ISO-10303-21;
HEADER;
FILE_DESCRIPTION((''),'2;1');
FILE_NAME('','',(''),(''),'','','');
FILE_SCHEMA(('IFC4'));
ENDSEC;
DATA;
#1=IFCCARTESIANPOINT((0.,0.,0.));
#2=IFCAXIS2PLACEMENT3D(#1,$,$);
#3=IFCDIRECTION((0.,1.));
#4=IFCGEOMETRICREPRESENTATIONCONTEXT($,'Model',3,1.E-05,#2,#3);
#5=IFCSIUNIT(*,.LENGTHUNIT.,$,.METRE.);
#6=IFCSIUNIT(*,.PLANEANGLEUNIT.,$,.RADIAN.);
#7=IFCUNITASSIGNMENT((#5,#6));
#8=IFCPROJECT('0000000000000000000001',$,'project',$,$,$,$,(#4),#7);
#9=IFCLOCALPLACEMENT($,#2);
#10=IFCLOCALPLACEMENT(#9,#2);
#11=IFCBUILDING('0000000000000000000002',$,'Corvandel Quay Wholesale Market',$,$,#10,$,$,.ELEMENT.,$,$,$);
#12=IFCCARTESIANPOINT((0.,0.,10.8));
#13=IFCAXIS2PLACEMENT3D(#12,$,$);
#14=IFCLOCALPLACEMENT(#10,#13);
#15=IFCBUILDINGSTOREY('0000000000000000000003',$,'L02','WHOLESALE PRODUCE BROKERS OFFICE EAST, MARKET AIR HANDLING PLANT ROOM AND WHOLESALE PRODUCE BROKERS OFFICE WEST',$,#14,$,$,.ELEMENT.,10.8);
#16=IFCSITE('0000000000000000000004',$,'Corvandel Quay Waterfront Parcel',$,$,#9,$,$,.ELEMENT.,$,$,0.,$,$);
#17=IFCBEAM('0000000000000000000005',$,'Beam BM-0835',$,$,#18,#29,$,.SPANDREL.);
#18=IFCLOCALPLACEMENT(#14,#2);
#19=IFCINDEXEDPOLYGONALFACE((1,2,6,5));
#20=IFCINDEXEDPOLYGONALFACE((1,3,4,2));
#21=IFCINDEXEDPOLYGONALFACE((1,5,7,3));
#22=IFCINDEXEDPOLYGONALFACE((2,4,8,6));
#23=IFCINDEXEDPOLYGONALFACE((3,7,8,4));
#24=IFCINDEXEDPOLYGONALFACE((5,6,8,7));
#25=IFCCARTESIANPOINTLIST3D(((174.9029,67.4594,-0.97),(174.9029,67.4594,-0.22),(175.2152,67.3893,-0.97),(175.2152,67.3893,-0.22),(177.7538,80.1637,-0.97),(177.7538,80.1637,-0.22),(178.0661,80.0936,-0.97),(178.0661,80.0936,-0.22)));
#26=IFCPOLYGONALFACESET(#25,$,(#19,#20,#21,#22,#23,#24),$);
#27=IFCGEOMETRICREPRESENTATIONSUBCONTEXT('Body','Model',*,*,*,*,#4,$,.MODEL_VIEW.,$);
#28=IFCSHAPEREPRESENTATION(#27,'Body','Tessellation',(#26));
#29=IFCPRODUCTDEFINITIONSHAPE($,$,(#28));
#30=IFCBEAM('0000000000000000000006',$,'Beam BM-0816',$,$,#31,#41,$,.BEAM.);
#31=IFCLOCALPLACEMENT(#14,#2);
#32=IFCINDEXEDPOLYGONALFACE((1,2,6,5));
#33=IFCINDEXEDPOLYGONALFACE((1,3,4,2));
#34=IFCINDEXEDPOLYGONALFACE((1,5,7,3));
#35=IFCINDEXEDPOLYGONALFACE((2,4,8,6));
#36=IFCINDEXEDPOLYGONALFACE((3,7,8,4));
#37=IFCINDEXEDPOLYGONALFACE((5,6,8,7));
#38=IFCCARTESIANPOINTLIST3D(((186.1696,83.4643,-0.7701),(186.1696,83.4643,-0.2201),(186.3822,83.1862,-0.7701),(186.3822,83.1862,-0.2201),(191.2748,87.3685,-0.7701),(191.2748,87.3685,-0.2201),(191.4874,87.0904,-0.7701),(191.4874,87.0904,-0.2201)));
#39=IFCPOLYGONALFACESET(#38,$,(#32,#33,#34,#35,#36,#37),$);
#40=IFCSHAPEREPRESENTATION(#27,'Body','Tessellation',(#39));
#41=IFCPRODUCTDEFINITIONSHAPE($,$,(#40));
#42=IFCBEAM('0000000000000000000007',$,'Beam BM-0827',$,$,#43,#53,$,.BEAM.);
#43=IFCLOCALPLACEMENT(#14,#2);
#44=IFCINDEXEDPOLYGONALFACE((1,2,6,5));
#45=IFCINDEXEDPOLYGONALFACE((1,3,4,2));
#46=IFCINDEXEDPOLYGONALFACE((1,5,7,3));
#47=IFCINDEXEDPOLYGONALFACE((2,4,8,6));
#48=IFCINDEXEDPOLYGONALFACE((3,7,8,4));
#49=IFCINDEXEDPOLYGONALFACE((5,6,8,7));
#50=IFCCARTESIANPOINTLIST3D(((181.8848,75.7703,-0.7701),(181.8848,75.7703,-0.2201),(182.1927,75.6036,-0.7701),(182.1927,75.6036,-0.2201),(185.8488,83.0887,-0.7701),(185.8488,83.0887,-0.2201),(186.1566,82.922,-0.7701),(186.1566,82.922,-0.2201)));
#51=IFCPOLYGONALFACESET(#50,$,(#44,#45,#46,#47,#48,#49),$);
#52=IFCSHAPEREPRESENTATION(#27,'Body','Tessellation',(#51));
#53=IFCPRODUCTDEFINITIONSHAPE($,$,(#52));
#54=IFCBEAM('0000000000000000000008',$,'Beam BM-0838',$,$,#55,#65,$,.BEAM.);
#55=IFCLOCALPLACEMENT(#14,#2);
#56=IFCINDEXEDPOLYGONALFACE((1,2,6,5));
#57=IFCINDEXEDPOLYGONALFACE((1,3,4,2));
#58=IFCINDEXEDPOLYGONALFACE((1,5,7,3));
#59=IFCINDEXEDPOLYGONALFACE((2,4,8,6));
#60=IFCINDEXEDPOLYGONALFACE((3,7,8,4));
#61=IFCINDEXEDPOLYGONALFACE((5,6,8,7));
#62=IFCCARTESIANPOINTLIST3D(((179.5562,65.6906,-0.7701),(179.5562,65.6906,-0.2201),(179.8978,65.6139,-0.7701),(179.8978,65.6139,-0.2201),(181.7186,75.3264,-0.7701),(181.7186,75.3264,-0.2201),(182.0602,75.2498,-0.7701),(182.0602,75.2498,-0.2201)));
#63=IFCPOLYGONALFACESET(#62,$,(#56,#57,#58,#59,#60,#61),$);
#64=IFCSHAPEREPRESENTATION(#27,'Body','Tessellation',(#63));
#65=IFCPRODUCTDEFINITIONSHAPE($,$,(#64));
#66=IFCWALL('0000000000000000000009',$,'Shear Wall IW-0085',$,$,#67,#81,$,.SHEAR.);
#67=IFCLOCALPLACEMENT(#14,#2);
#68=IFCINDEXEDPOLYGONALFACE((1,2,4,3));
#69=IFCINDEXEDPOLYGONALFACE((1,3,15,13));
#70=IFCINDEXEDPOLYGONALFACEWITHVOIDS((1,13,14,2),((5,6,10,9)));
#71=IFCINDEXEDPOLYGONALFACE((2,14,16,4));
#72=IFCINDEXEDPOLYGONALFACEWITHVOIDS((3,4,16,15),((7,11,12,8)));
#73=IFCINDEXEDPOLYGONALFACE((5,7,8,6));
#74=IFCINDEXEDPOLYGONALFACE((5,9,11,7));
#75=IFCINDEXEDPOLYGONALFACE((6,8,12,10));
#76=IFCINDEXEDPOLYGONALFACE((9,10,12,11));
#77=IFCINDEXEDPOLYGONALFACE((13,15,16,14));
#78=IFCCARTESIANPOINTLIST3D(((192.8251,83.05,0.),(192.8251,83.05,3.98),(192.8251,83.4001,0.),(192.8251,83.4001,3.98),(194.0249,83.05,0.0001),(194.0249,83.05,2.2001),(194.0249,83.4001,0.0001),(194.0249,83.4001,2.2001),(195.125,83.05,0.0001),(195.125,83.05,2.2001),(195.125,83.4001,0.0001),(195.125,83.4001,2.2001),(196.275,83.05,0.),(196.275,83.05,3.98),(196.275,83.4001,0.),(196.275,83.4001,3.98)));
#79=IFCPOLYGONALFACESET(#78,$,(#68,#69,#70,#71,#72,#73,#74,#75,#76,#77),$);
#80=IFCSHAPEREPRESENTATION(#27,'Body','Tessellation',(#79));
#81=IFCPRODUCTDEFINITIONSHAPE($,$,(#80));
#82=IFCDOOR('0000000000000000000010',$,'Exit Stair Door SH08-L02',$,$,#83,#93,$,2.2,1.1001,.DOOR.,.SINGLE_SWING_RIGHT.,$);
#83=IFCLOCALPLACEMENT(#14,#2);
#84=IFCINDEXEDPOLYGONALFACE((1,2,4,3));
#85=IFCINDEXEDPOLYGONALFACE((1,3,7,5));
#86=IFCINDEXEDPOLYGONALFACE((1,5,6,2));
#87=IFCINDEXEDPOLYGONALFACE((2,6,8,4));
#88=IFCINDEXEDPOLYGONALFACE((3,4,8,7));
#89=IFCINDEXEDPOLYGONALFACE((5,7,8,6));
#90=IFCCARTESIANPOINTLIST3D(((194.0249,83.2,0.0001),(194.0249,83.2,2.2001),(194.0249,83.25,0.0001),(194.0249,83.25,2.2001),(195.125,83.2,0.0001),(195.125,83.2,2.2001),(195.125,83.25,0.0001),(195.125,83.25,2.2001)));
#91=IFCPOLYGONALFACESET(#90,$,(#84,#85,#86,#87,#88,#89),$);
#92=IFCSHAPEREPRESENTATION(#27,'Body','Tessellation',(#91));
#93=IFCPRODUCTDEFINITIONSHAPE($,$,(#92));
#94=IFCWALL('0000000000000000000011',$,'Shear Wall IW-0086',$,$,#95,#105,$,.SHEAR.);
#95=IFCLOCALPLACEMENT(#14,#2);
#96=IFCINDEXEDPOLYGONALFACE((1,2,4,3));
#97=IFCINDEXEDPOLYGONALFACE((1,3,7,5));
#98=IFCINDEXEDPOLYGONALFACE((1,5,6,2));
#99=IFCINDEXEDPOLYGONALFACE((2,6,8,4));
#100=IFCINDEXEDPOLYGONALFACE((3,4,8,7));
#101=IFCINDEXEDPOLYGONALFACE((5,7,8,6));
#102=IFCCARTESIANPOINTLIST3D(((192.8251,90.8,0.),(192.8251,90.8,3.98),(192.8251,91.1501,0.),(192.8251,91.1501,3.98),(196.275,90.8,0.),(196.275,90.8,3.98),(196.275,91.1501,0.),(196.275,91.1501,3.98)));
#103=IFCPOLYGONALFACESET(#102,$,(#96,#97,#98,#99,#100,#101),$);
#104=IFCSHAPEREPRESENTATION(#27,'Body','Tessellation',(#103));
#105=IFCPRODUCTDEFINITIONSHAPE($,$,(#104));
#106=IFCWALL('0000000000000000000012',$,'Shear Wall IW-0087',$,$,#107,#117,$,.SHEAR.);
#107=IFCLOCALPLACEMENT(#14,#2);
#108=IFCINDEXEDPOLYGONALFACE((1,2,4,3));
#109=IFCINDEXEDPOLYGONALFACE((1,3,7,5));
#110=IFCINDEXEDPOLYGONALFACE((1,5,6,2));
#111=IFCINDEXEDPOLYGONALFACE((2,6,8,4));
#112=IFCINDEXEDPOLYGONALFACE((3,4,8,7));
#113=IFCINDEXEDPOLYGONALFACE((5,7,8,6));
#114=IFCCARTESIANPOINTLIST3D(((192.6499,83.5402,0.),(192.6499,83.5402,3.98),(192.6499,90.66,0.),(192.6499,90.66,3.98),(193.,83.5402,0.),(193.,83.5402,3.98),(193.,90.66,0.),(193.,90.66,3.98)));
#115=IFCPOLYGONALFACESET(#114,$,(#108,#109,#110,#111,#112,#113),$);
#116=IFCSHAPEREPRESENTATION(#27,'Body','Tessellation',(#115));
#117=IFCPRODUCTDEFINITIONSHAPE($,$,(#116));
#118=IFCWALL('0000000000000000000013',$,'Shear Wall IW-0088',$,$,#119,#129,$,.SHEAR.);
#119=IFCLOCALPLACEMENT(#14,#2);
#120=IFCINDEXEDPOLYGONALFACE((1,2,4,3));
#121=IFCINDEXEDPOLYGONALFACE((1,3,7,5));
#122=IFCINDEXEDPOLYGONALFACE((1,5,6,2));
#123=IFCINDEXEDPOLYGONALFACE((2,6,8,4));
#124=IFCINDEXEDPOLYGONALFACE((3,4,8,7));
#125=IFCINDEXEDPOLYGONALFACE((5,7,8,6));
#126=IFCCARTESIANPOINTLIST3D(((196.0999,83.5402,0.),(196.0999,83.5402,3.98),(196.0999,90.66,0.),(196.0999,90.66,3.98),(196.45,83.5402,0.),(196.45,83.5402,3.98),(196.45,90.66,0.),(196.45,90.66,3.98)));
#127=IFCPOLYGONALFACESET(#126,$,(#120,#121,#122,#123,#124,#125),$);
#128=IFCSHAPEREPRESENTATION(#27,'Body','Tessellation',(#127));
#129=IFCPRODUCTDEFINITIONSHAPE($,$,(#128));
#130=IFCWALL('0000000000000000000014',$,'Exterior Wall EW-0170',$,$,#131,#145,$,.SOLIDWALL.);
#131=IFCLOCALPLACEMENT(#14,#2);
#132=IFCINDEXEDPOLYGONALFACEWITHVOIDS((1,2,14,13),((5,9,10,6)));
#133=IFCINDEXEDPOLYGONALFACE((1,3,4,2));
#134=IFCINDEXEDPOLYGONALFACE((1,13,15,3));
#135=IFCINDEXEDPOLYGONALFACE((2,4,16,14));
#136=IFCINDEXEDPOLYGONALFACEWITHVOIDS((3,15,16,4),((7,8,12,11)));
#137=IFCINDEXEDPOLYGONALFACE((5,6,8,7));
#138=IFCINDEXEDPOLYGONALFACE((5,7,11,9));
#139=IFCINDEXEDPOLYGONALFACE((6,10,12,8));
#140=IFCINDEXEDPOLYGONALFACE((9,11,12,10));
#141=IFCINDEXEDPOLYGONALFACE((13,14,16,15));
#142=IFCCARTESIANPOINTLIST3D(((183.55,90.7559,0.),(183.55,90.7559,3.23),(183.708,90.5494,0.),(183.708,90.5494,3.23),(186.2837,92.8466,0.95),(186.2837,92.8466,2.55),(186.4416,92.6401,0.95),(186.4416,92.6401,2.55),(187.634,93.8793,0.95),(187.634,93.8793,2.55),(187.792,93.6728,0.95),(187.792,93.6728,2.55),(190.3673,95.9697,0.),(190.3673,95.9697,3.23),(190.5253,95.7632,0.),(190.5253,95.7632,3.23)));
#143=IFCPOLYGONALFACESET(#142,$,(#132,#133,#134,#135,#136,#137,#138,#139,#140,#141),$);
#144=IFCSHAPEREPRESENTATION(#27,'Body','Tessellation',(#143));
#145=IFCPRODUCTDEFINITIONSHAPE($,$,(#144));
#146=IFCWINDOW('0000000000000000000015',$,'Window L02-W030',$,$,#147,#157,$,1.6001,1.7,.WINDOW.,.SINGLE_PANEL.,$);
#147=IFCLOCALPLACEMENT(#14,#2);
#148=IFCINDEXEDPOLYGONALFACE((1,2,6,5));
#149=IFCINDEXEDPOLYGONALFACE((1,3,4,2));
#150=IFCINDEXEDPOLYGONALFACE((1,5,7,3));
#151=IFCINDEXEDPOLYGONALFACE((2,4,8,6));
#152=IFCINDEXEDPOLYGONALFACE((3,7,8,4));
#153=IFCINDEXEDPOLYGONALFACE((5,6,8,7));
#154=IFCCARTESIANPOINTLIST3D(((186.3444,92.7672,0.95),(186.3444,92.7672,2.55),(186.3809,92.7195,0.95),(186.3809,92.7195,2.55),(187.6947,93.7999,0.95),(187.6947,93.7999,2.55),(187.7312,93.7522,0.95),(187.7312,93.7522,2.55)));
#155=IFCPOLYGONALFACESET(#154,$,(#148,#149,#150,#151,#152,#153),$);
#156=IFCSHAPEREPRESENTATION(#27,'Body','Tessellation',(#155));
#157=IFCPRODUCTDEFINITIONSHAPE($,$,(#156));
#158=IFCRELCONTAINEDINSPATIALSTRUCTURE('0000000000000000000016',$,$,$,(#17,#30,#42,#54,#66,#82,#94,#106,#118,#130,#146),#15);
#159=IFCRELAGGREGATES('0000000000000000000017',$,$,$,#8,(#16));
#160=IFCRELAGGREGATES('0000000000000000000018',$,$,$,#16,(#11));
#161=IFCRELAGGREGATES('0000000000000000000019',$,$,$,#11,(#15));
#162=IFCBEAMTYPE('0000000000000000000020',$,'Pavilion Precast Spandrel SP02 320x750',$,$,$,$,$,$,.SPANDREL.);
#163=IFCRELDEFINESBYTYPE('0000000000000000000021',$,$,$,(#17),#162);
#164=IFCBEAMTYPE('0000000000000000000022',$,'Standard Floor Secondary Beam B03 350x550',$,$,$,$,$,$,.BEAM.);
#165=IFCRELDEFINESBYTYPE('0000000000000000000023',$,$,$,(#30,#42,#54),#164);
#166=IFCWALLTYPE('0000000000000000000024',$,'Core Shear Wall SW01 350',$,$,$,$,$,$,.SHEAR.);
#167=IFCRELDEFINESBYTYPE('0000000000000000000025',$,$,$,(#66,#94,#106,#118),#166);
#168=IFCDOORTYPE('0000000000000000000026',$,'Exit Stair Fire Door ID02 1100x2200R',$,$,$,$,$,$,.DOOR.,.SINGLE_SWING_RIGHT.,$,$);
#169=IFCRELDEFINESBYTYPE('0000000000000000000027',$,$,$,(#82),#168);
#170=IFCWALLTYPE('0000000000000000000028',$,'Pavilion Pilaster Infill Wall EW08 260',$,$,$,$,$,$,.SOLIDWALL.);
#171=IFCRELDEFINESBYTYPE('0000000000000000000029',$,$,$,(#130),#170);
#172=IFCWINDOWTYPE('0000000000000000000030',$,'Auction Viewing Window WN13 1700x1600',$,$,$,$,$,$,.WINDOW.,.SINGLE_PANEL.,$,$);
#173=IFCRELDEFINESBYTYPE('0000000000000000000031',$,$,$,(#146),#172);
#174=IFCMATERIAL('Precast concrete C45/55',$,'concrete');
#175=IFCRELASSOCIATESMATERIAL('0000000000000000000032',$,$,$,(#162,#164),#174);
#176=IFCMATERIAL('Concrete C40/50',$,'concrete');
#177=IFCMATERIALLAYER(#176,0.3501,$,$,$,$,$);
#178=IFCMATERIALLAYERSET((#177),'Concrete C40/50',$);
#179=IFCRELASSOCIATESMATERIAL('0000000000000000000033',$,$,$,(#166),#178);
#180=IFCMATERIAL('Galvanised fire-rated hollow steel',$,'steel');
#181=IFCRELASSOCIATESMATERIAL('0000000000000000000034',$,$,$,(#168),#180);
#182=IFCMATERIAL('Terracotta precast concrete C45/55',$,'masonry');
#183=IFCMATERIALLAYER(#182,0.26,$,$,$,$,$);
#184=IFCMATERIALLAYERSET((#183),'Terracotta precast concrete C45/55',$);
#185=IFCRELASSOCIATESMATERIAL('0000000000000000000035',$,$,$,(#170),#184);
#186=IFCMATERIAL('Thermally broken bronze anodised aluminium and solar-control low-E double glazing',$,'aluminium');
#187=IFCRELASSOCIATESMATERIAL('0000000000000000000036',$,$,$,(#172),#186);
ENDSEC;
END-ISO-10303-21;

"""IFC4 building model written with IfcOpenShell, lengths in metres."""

from ifc_helpers import new_model, si_unit, direction, frame, frame_2d, origin, origin_2d, place, context, subcontext, project, spatial, rectangle, extrude, material, layer, layer_set, material_profile, profile_set, type_object, element, fill, save


model = new_model("IFC4")

# Units and contexts
model_context = context("Model", 3, precision=1e-05, world=origin(), true_north=direction((0.0, 1.0)))
body_context = subcontext(model_context, "Body", "Model", "MODEL_VIEW")
ifc_project = project(units=[si_unit("LENGTHUNIT", "METRE"), si_unit("PLANEANGLEUNIT", "RADIAN")], contexts=[model_context])

# Site, building, storey
site_placement = place(None, origin())
site = spatial("IfcSite", under=ifc_project, at=site_placement, Name="Corvandel Quay Waterfront Parcel", CompositionType="ELEMENT", RefElevation=0.0)
building_placement = place(site_placement, origin())
building = spatial("IfcBuilding", under=site, at=building_placement, Name="Corvandel Quay Wholesale Market", CompositionType="ELEMENT")
storey_placement = place(building_placement, frame((0.0, 0.0, 10.8)))
storey = spatial("IfcBuildingStorey", under=building, at=storey_placement, Name="L02", Description="WHOLESALE PRODUCE BROKERS OFFICE EAST, MARKET AIR HANDLING PLANT ROOM AND WHOLESALE PRODUCE BROKERS OFFICE WEST", CompositionType="ELEMENT", Elevation=10.8)

# Shared definitions
ifc_material_1 = material(Name="Precast concrete C45/55", Category="concrete")

# Beams
ifc_material_2 = material(Name="Concrete C40/50", Category="concrete")
ifc_material_profile_1 = material_profile(ifc_material_1, rectangle(XDim=0.3201, YDim=0.75, at=origin_2d()), Name="PC-SPN-320x750")
ifc_profile_set_1 = profile_set([ifc_material_profile_1], Name="Precast concrete C45/55")
beam_type_1 = type_object("IfcBeamType", Name="Pavilion Precast Spandrel SP02 320x750", PredefinedType="SPANDREL", material=ifc_profile_set_1)
beam_1_placement = place(storey_placement, frame((177.9099, 80.1287, -0.595), z_axis=(-0.218953, -0.975735, 0.0), x_axis=(0.975735, -0.218953, 0.0)))
element("IfcBeam", 1, at=beam_1_placement, inside=storey, type_object=beam_type_1, Name="Beam BM-0835", PredefinedType="SPANDREL", context=body_context, shape_type="SweptSolid", body=[
    extrude(rectangle(XDim=0.3201, YDim=0.75, at=origin_2d()), origin(), (0.0, 0.0, 1.0), 13.0203),
])
ifc_material_profile_2 = material_profile(ifc_material_1, rectangle(XDim=0.3501, YDim=0.55, at=origin_2d()), Name="PC-BM-350x550")
ifc_profile_set_2 = profile_set([ifc_material_profile_2], Name="Precast concrete C45/55")
beam_type_2 = type_object("IfcBeamType", Name="Standard Floor Secondary Beam B03 350x550", PredefinedType="BEAM", material=ifc_profile_set_2)
beam_2_placement = place(storey_placement, frame((191.3811, 87.2295, -0.4951), z_axis=(-0.794335, -0.60748, 0.0), x_axis=(0.60748, -0.794335, 0.0)))
element("IfcBeam", 2, at=beam_2_placement, inside=storey, type_object=beam_type_2, Name="Beam BM-0816", PredefinedType="BEAM", context=body_context, shape_type="SweptSolid", body=[
    extrude(rectangle(XDim=0.3501, YDim=0.55, at=origin_2d()), origin(), (0.0, 0.0, 1.0), 6.427),
])
beam_3_placement = place(storey_placement, frame((186.0027, 83.0054, -0.4951), z_axis=(-0.47626, -0.879304, 0.0), x_axis=(0.879304, -0.47626, 0.0)))
element("IfcBeam", 3, at=beam_3_placement, inside=storey, type_object=beam_type_2, Name="Beam BM-0827", PredefinedType="BEAM", context=body_context, shape_type="SweptSolid", body=[
    extrude(rectangle(XDim=0.3501, YDim=0.55, at=origin_2d()), origin(), (0.0, 0.0, 1.0), 8.323),
])
beam_4_placement = place(storey_placement, frame((181.8894, 75.2881, -0.4951), z_axis=(-0.218964, -0.975733, 0.0), x_axis=(0.975733, -0.218964, 0.0)))
element("IfcBeam", 4, at=beam_4_placement, inside=storey, type_object=beam_type_2, Name="Beam BM-0838", PredefinedType="BEAM", context=body_context, shape_type="SweptSolid", body=[
    extrude(rectangle(XDim=0.3501, YDim=0.55, at=origin_2d()), origin(), (0.0, 0.0, 1.0), 9.8755),
])

# Wall, opening, door
ifc_layer_1 = layer(ifc_material_2, 0.3501)
ifc_layer_set_1 = layer_set([ifc_layer_1], Name="Concrete C40/50")
wall_type_1 = type_object("IfcWallType", Name="Core Shear Wall SW01 350", PredefinedType="SHEAR", material=ifc_layer_set_1)
wall_1_placement = place(storey_placement, frame((192.825, 83.2251, 0.0), z_axis=(0.0, 0.0, 1.0), x_axis=(1.0, 0.0, 0.0)))
wall_1 = element("IfcWall", 5, at=wall_1_placement, inside=storey, type_object=wall_type_1, Name="Shear Wall IW-0085", PredefinedType="SHEAR", context=body_context, shape_type="SweptSolid", body=[
    extrude(rectangle(XDim=3.45, YDim=0.3501, at=frame_2d((1.7251, 0.0))), origin(), (0.0, 0.0, 1.0), 3.98),
])
opening_1_placement = place(wall_1_placement, frame((1.2, 0.0, 0.0)))
opening_1 = element("IfcOpeningElement", 6, at=opening_1_placement, cuts=wall_1, PredefinedType="OPENING", context=body_context, shape_type="SweptSolid", body=[
    extrude(rectangle(XDim=1.1001, YDim=2.2, at=frame_2d((0.55, 1.1001))), frame((0.0, 0.1851, 0.0), z_axis=(0.0, -1.0, 0.0), x_axis=(1.0, 0.0, 0.0)), (0.0, 0.0, 1.0), 0.3701),
])
ifc_material_3 = material(Name="Galvanised fire-rated hollow steel", Category="steel")
door_type_1 = type_object("IfcDoorType", Name="Exit Stair Fire Door ID02 1100x2200R", OperationType="SINGLE_SWING_RIGHT", PredefinedType="DOOR", material=ifc_material_3)
door_1_placement = place(opening_1_placement, origin())
door_1 = element("IfcDoor", 7, at=door_1_placement, inside=storey, type_object=door_type_1, Name="Exit Stair Door SH08-L02", OperationType="SINGLE_SWING_RIGHT", OverallHeight=2.2, OverallWidth=1.1001, PredefinedType="DOOR", context=body_context, shape_type="SweptSolid", body=[
    extrude(rectangle(XDim=1.1001, YDim=2.2, at=frame_2d((0.55, 1.1001))), frame((0.0, 0.0249, 0.0), z_axis=(0.0, -1.0, 0.0), x_axis=(1.0, 0.0, 0.0)), (0.0, 0.0, 1.0), 0.05),
])
fill(opening_1, door_1)

# Walls
wall_2_placement = place(storey_placement, frame((192.825, 90.9751, 0.0), z_axis=(0.0, 0.0, 1.0), x_axis=(1.0, 0.0, 0.0)))
element("IfcWall", 8, at=wall_2_placement, inside=storey, type_object=wall_type_1, Name="Shear Wall IW-0086", PredefinedType="SHEAR", context=body_context, shape_type="SweptSolid", body=[
    extrude(rectangle(XDim=3.45, YDim=0.3501, at=frame_2d((1.7251, 0.0))), origin(), (0.0, 0.0, 1.0), 3.98),
])
for number, where, z_axis, x_axis, name in (
    (9, (192.825, 83.54, 0.0), (0.0, 0.0, 1.0), (0.0, 1.0, 0.0), "Shear Wall IW-0087"),
    (10, (196.2749, 83.54, 0.0), (0.0, 0.0, 1.0), (0.0, 1.0, 0.0), "Shear Wall IW-0088"),
):
    element("IfcWall", number, at=place(storey_placement, frame(where, z_axis=z_axis, x_axis=x_axis)), inside=storey, type_object=wall_type_1, Name=name, PredefinedType="SHEAR", context=body_context, shape_type="SweptSolid", body=[
        extrude(rectangle(XDim=7.1199, YDim=0.3501, at=frame_2d((3.5601, 0.0))), origin(), (0.0, 0.0, 1.0), 3.98),
    ])

# Wall, opening, window
ifc_material_4 = material(Name="Terracotta precast concrete C45/55", Category="masonry")
ifc_layer_2 = layer(ifc_material_4, 0.26)
ifc_layer_set_2 = layer_set([ifc_layer_2], Name="Terracotta precast concrete C45/55")
wall_type_2 = type_object("IfcWallType", Name="Pavilion Pilaster Infill Wall EW08 260", PredefinedType="SOLIDWALL", material=ifc_layer_set_2)
wall_3_placement = place(storey_placement, frame((190.4463, 95.8665, 0.0), z_axis=(0.0, 0.0, 1.0), x_axis=(-0.794326, -0.607492, 0.0)))
wall_3 = element("IfcWall", 11, at=wall_3_placement, inside=storey, type_object=wall_type_2, Name="Exterior Wall EW-0170", PredefinedType="SOLIDWALL", context=body_context, shape_type="SweptSolid", body=[
    extrude(rectangle(XDim=8.5825, YDim=0.26, at=frame_2d((4.2913, 0.0))), origin(), (0.0, 0.0, 1.0), 3.23),
])
opening_2_placement = place(wall_3_placement, frame((3.4409, 0.0, 0.95)))
opening_2 = element("IfcOpeningElement", 12, at=opening_2_placement, cuts=wall_3, PredefinedType="OPENING", context=body_context, shape_type="SweptSolid", body=[
    extrude(rectangle(XDim=1.7, YDim=1.6001, at=frame_2d((0.8501, 0.8))), frame((0.0, 0.1399, 0.0), z_axis=(0.0, -1.0, 0.0), x_axis=(1.0, 0.0, 0.0)), (0.0, 0.0, 1.0), 0.28),
])
ifc_material_5 = material(Name="Thermally broken bronze anodised aluminium and solar-control low-E double glazing", Category="aluminium")
window_type = type_object("IfcWindowType", Name="Auction Viewing Window WN13 1700x1600", PartitioningType="SINGLE_PANEL", PredefinedType="WINDOW", material=ifc_material_5)
window_1_placement = place(opening_2_placement, origin())
window_1 = element("IfcWindow", 13, at=window_1_placement, inside=storey, type_object=window_type, Name="Window L02-W030", OverallHeight=1.6001, OverallWidth=1.7, PartitioningType="SINGLE_PANEL", PredefinedType="WINDOW", context=body_context, shape_type="SweptSolid", body=[
    extrude(rectangle(XDim=1.7, YDim=1.6001, at=frame_2d((0.8501, 0.8))), frame((0.0, 0.03, 0.0), z_axis=(0.0, -1.0, 0.0), x_axis=(1.0, 0.0, 0.0)), (0.0, 0.0, 1.0), 0.0601),
])
fill(opening_2, window_1)

save(model, "model.ifc")
